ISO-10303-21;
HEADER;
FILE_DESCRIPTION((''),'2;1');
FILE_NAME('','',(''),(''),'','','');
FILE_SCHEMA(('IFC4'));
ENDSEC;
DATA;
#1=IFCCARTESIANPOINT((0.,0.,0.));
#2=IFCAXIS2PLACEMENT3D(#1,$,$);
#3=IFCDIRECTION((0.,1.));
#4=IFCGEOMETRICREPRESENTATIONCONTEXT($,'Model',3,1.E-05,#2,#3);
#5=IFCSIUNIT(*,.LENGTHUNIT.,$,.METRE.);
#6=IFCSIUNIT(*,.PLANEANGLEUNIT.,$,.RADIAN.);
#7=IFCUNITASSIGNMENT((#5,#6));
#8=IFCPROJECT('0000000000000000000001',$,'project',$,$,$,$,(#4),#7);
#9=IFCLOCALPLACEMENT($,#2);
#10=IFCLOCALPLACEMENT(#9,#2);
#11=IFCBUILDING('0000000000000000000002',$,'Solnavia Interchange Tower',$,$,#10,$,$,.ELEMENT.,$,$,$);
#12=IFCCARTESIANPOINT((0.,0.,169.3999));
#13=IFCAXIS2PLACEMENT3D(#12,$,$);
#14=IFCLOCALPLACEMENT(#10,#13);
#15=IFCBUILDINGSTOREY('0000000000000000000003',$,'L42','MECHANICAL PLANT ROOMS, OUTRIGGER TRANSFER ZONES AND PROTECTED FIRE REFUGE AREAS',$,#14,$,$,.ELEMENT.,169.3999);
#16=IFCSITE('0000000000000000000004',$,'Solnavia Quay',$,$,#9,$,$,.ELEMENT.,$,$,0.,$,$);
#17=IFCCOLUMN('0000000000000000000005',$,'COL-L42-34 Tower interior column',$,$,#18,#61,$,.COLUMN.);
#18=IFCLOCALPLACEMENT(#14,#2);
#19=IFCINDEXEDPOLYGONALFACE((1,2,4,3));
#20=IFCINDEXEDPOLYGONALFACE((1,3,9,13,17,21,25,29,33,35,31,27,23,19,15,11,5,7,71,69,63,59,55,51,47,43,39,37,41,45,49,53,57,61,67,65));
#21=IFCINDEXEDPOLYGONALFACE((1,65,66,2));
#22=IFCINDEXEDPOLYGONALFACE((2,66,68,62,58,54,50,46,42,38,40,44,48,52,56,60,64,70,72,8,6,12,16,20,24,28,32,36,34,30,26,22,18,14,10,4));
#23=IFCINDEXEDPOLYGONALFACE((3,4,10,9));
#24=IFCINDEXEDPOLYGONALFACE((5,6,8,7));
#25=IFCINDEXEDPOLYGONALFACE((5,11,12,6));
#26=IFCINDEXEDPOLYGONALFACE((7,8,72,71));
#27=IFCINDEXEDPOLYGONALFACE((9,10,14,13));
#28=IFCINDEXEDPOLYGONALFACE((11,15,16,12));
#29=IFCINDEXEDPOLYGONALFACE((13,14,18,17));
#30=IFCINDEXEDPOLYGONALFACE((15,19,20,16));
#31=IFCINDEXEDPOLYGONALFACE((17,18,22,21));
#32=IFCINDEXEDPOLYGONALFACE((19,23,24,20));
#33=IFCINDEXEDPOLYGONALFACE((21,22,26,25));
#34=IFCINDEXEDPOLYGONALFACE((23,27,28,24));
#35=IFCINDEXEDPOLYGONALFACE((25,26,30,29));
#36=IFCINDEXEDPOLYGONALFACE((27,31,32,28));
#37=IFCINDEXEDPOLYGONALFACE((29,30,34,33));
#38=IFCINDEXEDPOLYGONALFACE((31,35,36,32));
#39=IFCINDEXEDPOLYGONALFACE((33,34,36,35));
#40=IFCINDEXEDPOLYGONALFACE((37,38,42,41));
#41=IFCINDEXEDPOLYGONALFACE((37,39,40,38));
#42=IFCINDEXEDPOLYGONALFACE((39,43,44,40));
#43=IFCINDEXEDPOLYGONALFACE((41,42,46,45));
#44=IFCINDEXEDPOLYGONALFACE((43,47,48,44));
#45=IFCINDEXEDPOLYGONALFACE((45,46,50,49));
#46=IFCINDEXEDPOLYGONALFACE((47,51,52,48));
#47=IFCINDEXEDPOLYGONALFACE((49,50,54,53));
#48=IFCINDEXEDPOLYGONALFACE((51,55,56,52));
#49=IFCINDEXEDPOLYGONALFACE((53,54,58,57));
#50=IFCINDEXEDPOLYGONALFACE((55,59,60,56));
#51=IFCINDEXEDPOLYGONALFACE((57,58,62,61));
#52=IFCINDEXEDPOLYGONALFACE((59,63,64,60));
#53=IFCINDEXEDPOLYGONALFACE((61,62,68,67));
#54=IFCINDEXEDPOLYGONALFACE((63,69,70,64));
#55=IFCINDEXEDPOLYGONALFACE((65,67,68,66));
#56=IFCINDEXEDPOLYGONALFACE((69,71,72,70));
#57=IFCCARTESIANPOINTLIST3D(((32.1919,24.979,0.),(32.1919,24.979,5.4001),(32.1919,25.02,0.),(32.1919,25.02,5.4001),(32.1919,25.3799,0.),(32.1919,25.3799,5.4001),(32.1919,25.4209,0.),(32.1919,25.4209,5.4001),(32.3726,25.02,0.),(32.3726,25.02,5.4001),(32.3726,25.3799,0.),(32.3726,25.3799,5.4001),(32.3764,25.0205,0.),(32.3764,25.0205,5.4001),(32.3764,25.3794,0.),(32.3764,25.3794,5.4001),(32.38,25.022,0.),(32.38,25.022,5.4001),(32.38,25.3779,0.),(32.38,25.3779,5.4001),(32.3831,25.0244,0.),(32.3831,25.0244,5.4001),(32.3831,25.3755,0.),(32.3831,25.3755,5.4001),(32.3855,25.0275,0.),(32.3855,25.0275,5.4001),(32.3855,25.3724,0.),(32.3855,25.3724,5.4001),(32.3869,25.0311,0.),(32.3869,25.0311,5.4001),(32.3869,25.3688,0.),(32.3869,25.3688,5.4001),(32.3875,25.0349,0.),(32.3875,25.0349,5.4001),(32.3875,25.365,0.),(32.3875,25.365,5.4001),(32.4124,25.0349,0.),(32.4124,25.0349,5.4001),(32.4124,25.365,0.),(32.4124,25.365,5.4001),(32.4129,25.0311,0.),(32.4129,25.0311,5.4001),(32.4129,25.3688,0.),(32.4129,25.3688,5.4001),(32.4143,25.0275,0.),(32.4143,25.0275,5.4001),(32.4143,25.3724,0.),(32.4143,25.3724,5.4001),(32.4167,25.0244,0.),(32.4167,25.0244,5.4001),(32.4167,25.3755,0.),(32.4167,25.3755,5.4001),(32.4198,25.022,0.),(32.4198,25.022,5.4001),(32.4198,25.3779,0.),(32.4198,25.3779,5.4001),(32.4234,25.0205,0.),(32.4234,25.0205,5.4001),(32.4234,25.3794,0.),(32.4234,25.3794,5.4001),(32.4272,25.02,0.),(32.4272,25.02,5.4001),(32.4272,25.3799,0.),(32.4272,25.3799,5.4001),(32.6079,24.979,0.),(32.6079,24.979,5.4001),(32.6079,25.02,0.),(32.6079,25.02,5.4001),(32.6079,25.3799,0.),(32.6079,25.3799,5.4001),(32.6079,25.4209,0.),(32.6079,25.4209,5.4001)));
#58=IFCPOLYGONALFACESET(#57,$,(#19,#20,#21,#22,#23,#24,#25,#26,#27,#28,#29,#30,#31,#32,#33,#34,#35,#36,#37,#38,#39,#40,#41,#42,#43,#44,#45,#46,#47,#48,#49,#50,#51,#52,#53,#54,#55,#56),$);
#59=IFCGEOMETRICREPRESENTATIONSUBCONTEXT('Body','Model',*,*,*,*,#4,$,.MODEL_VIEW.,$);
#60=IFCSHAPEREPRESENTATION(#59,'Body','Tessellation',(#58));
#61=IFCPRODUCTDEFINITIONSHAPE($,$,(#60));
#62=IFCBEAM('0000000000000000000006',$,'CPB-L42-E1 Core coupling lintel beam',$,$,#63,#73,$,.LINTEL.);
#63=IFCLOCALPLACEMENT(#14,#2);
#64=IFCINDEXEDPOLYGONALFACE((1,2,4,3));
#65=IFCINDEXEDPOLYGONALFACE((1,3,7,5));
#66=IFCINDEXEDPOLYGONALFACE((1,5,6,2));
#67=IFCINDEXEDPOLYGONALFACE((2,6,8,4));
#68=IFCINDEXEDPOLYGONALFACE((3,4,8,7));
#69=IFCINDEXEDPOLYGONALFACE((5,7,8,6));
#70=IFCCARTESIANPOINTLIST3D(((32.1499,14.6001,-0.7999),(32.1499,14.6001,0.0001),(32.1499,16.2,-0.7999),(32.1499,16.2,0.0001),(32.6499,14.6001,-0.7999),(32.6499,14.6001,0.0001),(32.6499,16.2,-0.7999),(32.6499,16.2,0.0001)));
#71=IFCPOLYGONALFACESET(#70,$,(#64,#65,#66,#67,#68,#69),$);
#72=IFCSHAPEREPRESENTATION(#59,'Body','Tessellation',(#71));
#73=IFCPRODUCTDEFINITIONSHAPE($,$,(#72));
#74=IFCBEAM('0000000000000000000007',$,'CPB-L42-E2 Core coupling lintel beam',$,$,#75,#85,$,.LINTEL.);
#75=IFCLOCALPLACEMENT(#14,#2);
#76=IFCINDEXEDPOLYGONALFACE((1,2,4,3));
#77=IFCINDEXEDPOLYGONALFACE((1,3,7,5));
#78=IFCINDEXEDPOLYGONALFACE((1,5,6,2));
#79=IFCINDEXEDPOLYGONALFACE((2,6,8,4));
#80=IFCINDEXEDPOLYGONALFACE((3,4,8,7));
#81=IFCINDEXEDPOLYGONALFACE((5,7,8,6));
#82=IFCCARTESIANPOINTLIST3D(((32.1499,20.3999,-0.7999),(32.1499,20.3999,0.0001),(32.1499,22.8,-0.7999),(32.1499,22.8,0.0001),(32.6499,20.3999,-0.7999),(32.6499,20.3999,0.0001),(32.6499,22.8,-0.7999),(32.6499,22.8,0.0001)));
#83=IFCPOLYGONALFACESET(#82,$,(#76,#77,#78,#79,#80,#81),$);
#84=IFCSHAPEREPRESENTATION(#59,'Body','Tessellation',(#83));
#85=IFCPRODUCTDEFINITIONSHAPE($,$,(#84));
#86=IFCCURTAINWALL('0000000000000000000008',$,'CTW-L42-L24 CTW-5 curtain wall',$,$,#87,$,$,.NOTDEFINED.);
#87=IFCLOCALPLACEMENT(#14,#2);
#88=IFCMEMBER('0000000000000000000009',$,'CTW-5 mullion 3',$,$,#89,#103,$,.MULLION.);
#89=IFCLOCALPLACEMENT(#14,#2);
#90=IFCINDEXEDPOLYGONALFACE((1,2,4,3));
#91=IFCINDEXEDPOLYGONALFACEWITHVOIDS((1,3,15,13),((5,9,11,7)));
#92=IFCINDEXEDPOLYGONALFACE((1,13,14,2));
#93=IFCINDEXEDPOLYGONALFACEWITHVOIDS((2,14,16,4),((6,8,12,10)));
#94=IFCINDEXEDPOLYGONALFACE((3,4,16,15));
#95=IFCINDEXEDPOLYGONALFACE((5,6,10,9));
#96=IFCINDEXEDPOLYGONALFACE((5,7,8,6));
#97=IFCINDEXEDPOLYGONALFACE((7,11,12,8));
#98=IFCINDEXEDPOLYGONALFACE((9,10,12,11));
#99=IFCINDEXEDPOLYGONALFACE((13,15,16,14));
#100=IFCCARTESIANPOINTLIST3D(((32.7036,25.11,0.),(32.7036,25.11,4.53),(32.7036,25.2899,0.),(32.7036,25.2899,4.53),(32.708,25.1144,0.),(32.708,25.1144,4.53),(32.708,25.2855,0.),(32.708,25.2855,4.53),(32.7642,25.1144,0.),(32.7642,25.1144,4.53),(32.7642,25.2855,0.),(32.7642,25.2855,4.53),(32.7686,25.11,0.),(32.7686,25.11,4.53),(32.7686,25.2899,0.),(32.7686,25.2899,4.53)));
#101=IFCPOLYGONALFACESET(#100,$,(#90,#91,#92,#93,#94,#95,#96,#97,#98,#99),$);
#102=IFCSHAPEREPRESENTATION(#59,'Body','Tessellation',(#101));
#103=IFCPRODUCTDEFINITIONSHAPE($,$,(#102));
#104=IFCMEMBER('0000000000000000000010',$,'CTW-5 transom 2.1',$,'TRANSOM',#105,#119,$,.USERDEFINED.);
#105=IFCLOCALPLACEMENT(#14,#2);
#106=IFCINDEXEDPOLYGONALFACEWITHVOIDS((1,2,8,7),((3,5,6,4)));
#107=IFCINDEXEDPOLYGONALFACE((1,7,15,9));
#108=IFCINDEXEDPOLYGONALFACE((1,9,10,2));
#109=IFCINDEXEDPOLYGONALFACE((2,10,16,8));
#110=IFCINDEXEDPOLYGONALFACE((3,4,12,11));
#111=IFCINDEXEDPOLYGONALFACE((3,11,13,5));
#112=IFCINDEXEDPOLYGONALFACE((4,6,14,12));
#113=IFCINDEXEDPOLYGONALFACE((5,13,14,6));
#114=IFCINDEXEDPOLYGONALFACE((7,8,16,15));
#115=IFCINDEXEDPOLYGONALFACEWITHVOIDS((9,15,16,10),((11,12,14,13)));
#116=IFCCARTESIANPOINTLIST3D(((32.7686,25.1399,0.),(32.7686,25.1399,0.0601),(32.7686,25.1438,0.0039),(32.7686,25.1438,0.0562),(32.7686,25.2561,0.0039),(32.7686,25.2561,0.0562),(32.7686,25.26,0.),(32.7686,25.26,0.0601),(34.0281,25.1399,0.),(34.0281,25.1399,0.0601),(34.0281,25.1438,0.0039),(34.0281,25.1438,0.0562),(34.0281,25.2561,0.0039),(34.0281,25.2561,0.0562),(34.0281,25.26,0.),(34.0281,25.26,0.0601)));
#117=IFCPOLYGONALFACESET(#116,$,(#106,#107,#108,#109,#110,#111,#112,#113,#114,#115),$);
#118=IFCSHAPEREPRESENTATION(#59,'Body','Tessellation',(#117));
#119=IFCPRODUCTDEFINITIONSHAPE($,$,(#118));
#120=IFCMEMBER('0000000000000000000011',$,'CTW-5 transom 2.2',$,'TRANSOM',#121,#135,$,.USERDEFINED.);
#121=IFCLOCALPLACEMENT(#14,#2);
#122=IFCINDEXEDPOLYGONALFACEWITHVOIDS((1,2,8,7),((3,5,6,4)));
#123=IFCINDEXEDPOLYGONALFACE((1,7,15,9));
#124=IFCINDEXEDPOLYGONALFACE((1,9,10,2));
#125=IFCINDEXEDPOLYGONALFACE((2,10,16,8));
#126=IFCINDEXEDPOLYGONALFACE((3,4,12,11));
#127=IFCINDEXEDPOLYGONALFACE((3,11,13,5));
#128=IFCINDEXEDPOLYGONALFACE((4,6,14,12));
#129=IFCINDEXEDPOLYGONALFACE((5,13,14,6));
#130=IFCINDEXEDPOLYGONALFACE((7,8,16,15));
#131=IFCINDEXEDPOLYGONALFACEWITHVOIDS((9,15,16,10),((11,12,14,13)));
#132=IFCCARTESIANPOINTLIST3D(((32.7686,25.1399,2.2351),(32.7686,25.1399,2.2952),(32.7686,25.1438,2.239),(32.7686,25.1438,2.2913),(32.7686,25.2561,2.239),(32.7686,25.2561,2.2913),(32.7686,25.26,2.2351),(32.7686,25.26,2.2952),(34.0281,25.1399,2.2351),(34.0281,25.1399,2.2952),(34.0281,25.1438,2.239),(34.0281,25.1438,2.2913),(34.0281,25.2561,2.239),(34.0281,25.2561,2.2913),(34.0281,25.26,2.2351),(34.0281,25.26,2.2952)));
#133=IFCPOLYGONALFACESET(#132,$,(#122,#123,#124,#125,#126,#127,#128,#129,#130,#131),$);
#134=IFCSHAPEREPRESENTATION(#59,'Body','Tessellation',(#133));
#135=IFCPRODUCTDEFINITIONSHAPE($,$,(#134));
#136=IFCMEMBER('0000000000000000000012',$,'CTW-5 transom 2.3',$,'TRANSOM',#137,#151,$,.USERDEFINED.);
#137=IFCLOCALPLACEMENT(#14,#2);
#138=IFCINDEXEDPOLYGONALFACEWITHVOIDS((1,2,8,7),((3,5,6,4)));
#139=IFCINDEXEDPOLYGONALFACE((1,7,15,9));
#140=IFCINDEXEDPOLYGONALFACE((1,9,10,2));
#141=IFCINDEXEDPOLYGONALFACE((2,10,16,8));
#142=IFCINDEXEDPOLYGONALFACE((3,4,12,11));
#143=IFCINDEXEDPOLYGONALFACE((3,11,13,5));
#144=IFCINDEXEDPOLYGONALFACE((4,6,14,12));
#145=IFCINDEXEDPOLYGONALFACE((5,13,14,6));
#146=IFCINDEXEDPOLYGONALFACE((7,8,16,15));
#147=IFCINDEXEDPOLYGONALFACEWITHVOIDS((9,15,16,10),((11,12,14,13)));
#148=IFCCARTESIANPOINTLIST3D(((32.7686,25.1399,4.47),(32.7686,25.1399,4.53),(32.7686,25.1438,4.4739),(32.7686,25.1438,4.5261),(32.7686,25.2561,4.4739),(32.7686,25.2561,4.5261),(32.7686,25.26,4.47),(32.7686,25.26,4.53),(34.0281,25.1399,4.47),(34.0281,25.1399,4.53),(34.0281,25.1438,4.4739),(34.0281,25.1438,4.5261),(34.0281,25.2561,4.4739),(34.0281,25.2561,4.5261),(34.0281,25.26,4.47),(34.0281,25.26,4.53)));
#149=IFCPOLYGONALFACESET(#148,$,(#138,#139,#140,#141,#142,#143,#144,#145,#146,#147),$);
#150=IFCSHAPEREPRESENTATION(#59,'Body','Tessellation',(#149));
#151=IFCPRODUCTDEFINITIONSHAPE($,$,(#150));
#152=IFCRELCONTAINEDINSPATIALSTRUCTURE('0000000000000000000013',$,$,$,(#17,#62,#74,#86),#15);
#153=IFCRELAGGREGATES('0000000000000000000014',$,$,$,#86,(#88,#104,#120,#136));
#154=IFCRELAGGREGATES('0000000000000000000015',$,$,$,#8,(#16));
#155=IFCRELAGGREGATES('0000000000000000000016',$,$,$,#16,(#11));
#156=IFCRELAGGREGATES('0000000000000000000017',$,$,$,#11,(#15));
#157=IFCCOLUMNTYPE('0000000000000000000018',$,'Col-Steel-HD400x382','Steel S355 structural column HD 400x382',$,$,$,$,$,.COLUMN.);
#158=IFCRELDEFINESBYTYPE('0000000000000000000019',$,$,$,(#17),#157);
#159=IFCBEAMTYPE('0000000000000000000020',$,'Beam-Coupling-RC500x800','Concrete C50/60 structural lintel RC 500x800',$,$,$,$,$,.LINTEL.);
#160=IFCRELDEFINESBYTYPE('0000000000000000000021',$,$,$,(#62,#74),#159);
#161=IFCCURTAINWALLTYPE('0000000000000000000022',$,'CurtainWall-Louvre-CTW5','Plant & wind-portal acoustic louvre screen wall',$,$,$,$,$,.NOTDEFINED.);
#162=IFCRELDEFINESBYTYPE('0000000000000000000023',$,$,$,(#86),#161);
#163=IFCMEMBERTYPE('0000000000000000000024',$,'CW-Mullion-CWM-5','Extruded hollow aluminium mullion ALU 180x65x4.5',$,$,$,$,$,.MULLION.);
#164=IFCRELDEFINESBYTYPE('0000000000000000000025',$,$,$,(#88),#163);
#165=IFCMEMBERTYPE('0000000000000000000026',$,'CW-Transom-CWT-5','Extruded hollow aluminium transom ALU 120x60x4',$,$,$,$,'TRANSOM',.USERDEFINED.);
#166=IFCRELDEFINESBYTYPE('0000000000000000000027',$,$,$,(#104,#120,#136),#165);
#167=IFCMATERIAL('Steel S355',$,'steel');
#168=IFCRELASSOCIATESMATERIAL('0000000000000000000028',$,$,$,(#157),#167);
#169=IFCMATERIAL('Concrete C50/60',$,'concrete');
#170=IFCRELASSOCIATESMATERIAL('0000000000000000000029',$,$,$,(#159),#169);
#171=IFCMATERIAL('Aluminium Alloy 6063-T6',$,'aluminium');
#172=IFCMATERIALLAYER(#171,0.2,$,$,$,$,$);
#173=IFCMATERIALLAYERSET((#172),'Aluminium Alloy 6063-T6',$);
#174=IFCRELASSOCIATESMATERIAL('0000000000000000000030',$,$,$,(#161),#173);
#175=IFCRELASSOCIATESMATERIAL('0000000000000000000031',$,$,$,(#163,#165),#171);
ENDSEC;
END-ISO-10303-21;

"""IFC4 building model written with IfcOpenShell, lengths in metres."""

from ifc_helpers import new_model, si_unit, direction, frame, origin, origin_2d, place, context, subcontext, project, spatial, rectangle, hollow_rectangle, i_section, extrude, material, layer, layer_set, material_profile, profile_set, type_object, element, aggregate, save


model = new_model("IFC4")

# Units and contexts
model_context = context("Model", 3, precision=1e-05, world=origin(), true_north=direction((0.0, 1.0)))
body_context = subcontext(model_context, "Body", "Model", "MODEL_VIEW")
ifc_project = project(units=[si_unit("LENGTHUNIT", "METRE"), si_unit("PLANEANGLEUNIT", "RADIAN")], contexts=[model_context])

# Site, building, storey
site_placement = place(None, origin())
site = spatial("IfcSite", under=ifc_project, at=site_placement, Name="Solnavia Quay", CompositionType="ELEMENT", RefElevation=0.0)
building_placement = place(site_placement, origin())
building = spatial("IfcBuilding", under=site, at=building_placement, Name="Solnavia Interchange Tower", CompositionType="ELEMENT")
storey_placement = place(building_placement, frame((0.0, 0.0, 169.3999)))
storey = spatial("IfcBuildingStorey", under=building, at=storey_placement, Name="L42", Description="MECHANICAL PLANT ROOMS, OUTRIGGER TRANSFER ZONES AND PROTECTED FIRE REFUGE AREAS", CompositionType="ELEMENT", Elevation=169.3999)

# Column
ifc_material_1 = material(Name="Steel S355", Category="steel")
ifc_material_profile_1 = material_profile(ifc_material_1, i_section(OverallWidth=0.416, OverallDepth=0.4419, WebThickness=0.0249, FlangeThickness=0.041, FilletRadius=0.0149, at=origin_2d()), Name="HD 400x382")
ifc_profile_set_1 = profile_set([ifc_material_profile_1], Name="Steel S355")
column_type = type_object("IfcColumnType", Name="Col-Steel-HD400x382", Description="Steel S355 structural column HD 400x382", PredefinedType="COLUMN", material=ifc_profile_set_1)
column_placement = place(storey_placement, frame((32.3999, 25.2, 0.0), z_axis=(0.0, 0.0, 1.0), x_axis=(1.0, 0.0, 0.0)))
element("IfcColumn", 1, at=column_placement, inside=storey, type_object=column_type, Name="COL-L42-34 Tower interior column", PredefinedType="COLUMN", context=body_context, shape_type="SweptSolid", body=[
    extrude(i_section(OverallWidth=0.416, OverallDepth=0.4419, WebThickness=0.0249, FlangeThickness=0.041, FilletRadius=0.0149, at=origin_2d()), origin(), (0.0, 0.0, 1.0), 5.4001),
])

# Beams
ifc_material_2 = material(Name="Concrete C50/60", Category="concrete")
ifc_material_profile_2 = material_profile(ifc_material_2, rectangle(XDim=0.5, YDim=0.8, at=origin_2d()), Name="RC 500x800")
ifc_profile_set_2 = profile_set([ifc_material_profile_2], Name="Concrete C50/60")
beam_type = type_object("IfcBeamType", Name="Beam-Coupling-RC500x800", Description="Concrete C50/60 structural lintel RC 500x800", PredefinedType="LINTEL", material=ifc_profile_set_2)
beam_1_placement = place(storey_placement, frame((32.3999, 14.6001, -0.3999), z_axis=(0.0, 1.0, 0.0), x_axis=(-1.0, 0.0, 0.0)))
element("IfcBeam", 2, at=beam_1_placement, inside=storey, type_object=beam_type, Name="CPB-L42-E1 Core coupling lintel beam", PredefinedType="LINTEL", context=body_context, shape_type="SweptSolid", body=[
    extrude(rectangle(XDim=0.5, YDim=0.8, at=origin_2d()), origin(), (0.0, 0.0, 1.0), 1.5999),
])
beam_2_placement = place(storey_placement, frame((32.3999, 20.3999, -0.3999), z_axis=(0.0, 1.0, 0.0), x_axis=(-1.0, 0.0, 0.0)))
element("IfcBeam", 3, at=beam_2_placement, inside=storey, type_object=beam_type, Name="CPB-L42-E2 Core coupling lintel beam", PredefinedType="LINTEL", context=body_context, shape_type="SweptSolid", body=[
    extrude(rectangle(XDim=0.5, YDim=0.8, at=origin_2d()), origin(), (0.0, 0.0, 1.0), 2.4001),
])

# Curtain wall, members
ifc_material_3 = material(Name="Aluminium Alloy 6063-T6", Category="aluminium")
ifc_layer_1 = layer(ifc_material_3, 0.2)
ifc_layer_set_1 = layer_set([ifc_layer_1], Name="Aluminium Alloy 6063-T6")
curtain_wall_type = type_object("IfcCurtainWallType", Name="CurtainWall-Louvre-CTW5", Description="Plant & wind-portal acoustic louvre screen wall", PredefinedType="NOTDEFINED", material=ifc_layer_set_1)
curtain_wall_placement = place(storey_placement, origin())
curtain_wall = element("IfcCurtainWall", 4, at=curtain_wall_placement, inside=storey, type_object=curtain_wall_type, Name="CTW-L42-L24 CTW-5 curtain wall", PredefinedType="NOTDEFINED")
ifc_material_profile_3 = material_profile(ifc_material_3, hollow_rectangle(XDim=0.0649, YDim=0.1799, WallThickness=0.0044, at=origin_2d()), Name="ALU 180x65x4.5")
ifc_profile_set_3 = profile_set([ifc_material_profile_3], Name="Aluminium Alloy 6063-T6")
member_type_1 = type_object("IfcMemberType", Name="CW-Mullion-CWM-5", Description="Extruded hollow aluminium mullion ALU 180x65x4.5", PredefinedType="MULLION", material=ifc_profile_set_3)
member_1_placement = place(storey_placement, frame((32.7361, 25.2, 0.0), z_axis=(0.0, 0.0, 1.0), x_axis=(-1.0, 0.0, 0.0)))
member_1 = element("IfcMember", 5, at=member_1_placement, type_object=member_type_1, Name="CTW-5 mullion 3", PredefinedType="MULLION", context=body_context, shape_type="SweptSolid", body=[
    extrude(hollow_rectangle(XDim=0.0649, YDim=0.1799, WallThickness=0.0044, at=origin_2d()), origin(), (0.0, 0.0, 1.0), 4.53),
])
ifc_material_profile_4 = material_profile(ifc_material_3, hollow_rectangle(XDim=0.0601, YDim=0.1201, WallThickness=0.0039, at=origin_2d()), Name="ALU 120x60x4")
ifc_profile_set_4 = profile_set([ifc_material_profile_4], Name="Aluminium Alloy 6063-T6")
member_type_2 = type_object("IfcMemberType", Name="CW-Transom-CWT-5", Description="Extruded hollow aluminium transom ALU 120x60x4", ElementType="TRANSOM", PredefinedType="USERDEFINED", material=ifc_profile_set_4)
member_2_placement = place(storey_placement, frame((34.0281, 25.2, 0.03), z_axis=(-1.0, 0.0, 0.0), x_axis=(0.0, 0.0, 1.0)))
member_2 = element("IfcMember", 6, at=member_2_placement, type_object=member_type_2, Name="CTW-5 transom 2.1", ObjectType="TRANSOM", PredefinedType="USERDEFINED", context=body_context, shape_type="SweptSolid", body=[
    extrude(hollow_rectangle(XDim=0.0601, YDim=0.1201, WallThickness=0.0039, at=origin_2d()), origin(), (0.0, 0.0, 1.0), 1.2595),
])
member_3_placement = place(storey_placement, frame((34.0281, 25.2, 2.2651), z_axis=(-1.0, 0.0, 0.0), x_axis=(0.0, 0.0, 1.0)))
member_3 = element("IfcMember", 7, at=member_3_placement, type_object=member_type_2, Name="CTW-5 transom 2.2", ObjectType="TRANSOM", PredefinedType="USERDEFINED", context=body_context, shape_type="SweptSolid", body=[
    extrude(hollow_rectangle(XDim=0.0601, YDim=0.1201, WallThickness=0.0039, at=origin_2d()), origin(), (0.0, 0.0, 1.0), 1.2595),
])
member_4_placement = place(storey_placement, frame((34.0281, 25.2, 4.5), z_axis=(-1.0, 0.0, 0.0), x_axis=(0.0, 0.0, 1.0)))
member_4 = element("IfcMember", 8, at=member_4_placement, type_object=member_type_2, Name="CTW-5 transom 2.3", ObjectType="TRANSOM", PredefinedType="USERDEFINED", context=body_context, shape_type="SweptSolid", body=[
    extrude(hollow_rectangle(XDim=0.0601, YDim=0.1201, WallThickness=0.0039, at=origin_2d()), origin(), (0.0, 0.0, 1.0), 1.2595),
])

aggregate(curtain_wall, [member_1, member_2, member_3, member_4])

save(model, "model.ifc")
